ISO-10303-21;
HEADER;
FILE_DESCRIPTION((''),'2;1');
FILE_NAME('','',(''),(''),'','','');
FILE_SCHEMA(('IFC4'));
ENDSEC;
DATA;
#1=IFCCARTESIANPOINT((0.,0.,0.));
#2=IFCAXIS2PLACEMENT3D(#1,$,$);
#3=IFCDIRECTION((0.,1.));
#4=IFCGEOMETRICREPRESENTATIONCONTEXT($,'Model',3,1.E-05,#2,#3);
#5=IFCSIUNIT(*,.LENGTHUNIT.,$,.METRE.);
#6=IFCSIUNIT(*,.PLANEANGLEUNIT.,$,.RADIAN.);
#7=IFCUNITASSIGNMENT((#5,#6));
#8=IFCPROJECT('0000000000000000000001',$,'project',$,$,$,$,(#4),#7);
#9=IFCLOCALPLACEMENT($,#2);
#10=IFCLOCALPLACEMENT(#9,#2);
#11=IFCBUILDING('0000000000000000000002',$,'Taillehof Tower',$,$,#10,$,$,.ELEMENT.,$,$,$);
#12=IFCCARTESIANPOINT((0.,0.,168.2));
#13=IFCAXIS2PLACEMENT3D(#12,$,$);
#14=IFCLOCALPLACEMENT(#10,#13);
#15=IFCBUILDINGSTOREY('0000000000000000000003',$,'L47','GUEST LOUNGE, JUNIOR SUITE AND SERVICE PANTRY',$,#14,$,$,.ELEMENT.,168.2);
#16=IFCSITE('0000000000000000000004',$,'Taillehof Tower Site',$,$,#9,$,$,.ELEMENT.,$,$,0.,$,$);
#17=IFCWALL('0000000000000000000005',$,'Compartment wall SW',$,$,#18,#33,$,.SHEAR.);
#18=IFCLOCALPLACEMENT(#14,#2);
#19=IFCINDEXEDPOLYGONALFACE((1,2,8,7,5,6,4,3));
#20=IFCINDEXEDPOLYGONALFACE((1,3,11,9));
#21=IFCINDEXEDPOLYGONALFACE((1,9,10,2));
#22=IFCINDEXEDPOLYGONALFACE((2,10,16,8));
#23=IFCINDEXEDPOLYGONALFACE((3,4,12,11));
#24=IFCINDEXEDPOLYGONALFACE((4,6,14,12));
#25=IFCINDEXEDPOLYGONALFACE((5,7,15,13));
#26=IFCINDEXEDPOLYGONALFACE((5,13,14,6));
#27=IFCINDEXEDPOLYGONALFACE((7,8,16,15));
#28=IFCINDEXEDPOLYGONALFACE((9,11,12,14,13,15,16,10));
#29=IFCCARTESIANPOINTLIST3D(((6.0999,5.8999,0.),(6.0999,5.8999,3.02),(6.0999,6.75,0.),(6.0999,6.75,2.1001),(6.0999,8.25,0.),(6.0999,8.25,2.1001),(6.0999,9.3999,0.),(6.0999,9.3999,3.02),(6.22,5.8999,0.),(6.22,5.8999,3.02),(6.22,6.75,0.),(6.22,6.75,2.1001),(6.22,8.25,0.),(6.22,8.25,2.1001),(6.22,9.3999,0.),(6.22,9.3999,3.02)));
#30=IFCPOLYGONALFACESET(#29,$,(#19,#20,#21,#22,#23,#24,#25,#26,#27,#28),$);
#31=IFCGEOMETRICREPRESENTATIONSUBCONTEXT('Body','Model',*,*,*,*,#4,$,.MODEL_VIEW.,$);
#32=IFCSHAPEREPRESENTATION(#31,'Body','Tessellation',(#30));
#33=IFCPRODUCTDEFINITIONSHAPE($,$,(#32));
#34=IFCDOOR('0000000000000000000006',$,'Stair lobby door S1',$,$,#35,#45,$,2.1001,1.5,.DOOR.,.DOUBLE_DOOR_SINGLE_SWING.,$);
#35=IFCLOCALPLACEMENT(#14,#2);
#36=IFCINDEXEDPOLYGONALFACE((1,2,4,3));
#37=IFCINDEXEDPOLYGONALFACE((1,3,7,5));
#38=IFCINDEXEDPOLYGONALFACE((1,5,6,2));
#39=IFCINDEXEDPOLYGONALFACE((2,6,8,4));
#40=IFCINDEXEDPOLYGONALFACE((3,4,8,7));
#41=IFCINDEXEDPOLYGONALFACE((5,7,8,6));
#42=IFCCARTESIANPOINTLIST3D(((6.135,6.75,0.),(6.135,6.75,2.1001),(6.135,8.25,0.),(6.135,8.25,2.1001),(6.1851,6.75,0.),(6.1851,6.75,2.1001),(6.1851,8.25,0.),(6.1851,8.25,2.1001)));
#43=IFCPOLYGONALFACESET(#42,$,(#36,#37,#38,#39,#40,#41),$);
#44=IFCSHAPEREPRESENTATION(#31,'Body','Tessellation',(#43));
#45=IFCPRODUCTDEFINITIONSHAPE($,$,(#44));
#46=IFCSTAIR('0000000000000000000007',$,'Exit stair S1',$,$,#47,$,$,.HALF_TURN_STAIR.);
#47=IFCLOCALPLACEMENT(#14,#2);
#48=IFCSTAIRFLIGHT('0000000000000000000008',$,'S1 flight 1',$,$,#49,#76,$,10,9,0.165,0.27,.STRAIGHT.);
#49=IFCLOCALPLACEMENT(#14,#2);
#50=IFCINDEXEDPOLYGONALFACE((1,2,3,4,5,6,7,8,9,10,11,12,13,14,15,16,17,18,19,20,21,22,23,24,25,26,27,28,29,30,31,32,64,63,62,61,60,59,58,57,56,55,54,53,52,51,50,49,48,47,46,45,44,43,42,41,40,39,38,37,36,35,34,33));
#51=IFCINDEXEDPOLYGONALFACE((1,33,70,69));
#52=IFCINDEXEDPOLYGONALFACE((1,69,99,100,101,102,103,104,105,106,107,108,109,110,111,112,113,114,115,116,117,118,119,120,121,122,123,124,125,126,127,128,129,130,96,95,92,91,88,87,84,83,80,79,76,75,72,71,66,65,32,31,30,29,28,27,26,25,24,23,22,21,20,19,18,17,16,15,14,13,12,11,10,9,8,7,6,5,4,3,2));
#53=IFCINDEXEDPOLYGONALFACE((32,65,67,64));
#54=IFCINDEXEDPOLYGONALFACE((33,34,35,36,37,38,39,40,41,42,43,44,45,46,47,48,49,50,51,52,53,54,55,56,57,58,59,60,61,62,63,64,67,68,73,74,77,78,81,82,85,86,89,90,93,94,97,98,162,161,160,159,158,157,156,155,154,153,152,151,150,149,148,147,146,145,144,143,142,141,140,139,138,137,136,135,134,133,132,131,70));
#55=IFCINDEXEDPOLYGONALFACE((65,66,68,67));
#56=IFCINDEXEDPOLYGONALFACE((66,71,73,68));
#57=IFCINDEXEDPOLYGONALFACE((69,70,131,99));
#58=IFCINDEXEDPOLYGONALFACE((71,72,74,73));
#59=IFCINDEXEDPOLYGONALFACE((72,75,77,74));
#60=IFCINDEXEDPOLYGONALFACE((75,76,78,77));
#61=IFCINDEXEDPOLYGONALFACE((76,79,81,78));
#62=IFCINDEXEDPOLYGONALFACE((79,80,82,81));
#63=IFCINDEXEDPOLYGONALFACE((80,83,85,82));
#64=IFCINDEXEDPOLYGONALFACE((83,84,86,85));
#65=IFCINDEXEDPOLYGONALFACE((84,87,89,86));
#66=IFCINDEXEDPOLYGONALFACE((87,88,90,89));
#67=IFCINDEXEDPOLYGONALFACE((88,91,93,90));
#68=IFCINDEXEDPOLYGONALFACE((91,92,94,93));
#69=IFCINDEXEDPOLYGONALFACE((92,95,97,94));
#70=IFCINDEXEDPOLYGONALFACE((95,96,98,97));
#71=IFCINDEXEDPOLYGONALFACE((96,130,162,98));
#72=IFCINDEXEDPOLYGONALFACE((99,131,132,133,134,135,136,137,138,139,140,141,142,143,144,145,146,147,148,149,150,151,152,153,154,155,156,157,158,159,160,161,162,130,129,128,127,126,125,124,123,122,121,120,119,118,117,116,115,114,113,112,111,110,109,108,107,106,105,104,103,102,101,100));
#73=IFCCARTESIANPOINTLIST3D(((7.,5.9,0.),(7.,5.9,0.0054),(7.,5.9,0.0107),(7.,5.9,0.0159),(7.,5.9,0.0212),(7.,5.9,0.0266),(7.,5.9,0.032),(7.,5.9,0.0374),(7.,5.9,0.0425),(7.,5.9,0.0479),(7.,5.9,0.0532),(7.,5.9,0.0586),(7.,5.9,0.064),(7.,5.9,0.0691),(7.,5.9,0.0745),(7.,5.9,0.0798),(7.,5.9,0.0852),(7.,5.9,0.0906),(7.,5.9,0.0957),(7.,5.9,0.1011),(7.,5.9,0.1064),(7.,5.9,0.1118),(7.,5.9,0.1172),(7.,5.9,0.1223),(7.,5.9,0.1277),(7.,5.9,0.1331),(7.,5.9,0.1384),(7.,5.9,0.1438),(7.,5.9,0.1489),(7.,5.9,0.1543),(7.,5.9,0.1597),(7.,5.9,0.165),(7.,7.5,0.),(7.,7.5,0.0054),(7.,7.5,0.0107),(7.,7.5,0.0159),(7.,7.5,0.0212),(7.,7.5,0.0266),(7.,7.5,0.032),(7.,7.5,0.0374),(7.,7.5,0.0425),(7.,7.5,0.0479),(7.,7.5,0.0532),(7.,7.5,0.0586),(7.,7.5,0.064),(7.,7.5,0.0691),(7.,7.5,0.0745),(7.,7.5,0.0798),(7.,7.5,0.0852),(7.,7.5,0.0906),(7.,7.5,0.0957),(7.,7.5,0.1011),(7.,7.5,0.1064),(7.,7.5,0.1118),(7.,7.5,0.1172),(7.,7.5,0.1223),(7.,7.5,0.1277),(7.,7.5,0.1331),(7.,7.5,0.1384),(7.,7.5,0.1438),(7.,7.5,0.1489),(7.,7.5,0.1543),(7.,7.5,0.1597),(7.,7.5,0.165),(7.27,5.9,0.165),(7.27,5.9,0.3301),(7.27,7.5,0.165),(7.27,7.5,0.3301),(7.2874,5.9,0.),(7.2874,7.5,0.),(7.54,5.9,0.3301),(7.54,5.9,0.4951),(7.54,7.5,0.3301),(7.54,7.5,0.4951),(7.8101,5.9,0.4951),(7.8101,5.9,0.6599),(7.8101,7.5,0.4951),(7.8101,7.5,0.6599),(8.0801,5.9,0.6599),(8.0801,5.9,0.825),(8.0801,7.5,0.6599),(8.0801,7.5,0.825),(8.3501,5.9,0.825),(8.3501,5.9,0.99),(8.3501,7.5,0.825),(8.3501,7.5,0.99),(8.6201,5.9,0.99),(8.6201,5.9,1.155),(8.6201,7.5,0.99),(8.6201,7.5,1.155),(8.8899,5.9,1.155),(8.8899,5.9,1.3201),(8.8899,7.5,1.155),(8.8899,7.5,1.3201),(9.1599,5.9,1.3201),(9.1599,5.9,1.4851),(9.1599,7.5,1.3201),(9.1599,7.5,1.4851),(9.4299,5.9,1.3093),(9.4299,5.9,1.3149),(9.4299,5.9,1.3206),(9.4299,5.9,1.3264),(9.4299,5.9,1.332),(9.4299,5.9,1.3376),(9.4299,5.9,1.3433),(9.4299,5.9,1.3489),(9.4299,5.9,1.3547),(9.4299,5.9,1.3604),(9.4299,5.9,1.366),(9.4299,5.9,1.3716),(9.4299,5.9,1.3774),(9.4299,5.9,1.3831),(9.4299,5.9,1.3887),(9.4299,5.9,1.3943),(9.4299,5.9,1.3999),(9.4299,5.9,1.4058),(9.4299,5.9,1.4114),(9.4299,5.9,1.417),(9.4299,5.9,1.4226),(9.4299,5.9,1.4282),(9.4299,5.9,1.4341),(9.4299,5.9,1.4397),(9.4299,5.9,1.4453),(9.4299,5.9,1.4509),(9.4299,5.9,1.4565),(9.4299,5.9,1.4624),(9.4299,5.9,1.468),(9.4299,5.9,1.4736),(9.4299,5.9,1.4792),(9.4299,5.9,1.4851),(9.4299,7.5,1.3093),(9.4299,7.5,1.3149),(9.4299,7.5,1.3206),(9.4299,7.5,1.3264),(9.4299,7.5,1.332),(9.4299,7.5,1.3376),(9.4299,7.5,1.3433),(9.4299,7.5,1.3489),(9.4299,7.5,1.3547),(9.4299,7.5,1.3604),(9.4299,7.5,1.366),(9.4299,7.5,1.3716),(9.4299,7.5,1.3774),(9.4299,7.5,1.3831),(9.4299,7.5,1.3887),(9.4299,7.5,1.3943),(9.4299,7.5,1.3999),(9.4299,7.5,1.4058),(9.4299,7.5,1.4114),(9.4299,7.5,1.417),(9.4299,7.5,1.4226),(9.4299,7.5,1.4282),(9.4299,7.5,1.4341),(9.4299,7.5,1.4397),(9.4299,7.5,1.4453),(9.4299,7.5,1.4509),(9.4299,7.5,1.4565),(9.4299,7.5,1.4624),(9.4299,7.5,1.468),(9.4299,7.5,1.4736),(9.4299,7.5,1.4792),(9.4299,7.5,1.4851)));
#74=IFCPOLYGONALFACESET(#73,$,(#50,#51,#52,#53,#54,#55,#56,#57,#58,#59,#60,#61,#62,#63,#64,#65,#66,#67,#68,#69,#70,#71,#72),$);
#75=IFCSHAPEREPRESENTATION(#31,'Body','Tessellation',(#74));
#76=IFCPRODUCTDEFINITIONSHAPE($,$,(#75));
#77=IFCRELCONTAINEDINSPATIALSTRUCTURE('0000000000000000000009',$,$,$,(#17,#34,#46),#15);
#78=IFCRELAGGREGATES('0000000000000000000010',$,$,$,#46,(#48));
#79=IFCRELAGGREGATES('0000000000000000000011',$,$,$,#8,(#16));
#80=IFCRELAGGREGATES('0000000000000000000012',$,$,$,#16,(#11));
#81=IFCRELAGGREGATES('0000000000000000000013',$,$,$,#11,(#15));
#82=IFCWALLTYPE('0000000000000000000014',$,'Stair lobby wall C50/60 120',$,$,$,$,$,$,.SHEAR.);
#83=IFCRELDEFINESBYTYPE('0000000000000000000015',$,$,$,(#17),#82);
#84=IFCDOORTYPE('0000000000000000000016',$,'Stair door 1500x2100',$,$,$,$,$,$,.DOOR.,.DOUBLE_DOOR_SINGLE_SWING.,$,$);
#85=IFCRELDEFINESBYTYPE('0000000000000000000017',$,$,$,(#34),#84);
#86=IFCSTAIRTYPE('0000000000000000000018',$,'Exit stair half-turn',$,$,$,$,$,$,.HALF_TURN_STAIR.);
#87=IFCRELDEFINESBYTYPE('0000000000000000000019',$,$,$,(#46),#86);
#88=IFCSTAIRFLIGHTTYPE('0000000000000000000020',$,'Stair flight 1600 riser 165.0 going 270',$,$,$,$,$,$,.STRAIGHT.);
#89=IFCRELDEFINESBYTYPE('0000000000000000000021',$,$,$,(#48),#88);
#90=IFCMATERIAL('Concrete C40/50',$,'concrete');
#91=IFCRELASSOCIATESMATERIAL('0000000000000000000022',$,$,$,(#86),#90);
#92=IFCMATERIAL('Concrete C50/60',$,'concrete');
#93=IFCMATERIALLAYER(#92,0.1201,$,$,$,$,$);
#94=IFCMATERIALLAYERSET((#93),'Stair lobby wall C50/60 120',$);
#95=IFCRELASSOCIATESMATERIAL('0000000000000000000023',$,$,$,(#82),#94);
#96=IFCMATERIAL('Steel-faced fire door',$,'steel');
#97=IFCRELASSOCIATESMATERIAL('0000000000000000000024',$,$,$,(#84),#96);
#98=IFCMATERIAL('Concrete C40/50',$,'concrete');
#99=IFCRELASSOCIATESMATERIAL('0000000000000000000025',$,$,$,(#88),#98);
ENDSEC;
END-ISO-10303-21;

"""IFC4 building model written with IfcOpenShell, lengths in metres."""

from ifc_helpers import new_model, si_unit, direction, frame, frame_2d, origin, place, context, subcontext, project, spatial, polyline, rectangle, outline, extrude, material, layer, layer_set, type_object, element, fill, aggregate, save


model = new_model("IFC4")

# Units and contexts
model_context = context("Model", 3, precision=1e-05, world=origin(), true_north=direction((0.0, 1.0)))
body_context = subcontext(model_context, "Body", "Model", "MODEL_VIEW")
ifc_project = project(units=[si_unit("LENGTHUNIT", "METRE"), si_unit("PLANEANGLEUNIT", "RADIAN")], contexts=[model_context])

# Site, building, storey
site_placement = place(None, origin())
site = spatial("IfcSite", under=ifc_project, at=site_placement, Name="Taillehof Tower Site", CompositionType="ELEMENT", RefElevation=0.0)
building_placement = place(site_placement, origin())
building = spatial("IfcBuilding", under=site, at=building_placement, Name="Taillehof Tower", CompositionType="ELEMENT")
storey_placement = place(building_placement, frame((0.0, 0.0, 168.2)))
storey = spatial("IfcBuildingStorey", under=building, at=storey_placement, Name="L47", Description="GUEST LOUNGE, JUNIOR SUITE AND SERVICE PANTRY", CompositionType="ELEMENT", Elevation=168.2)

# Shared definitions
ifc_material_1 = material(Name="Concrete C40/50", Category="concrete")
stair_type = type_object("IfcStairType", Name="Exit stair half-turn", PredefinedType="HALF_TURN_STAIR", material=ifc_material_1)

# Wall, opening, door
ifc_material_2 = material(Name="Concrete C50/60", Category="concrete")
ifc_layer_1 = layer(ifc_material_2, 0.1201)
ifc_layer_set_1 = layer_set([ifc_layer_1], Name="Stair lobby wall C50/60 120")
wall_type_1 = type_object("IfcWallType", Name="Stair lobby wall C50/60 120", PredefinedType="SHEAR", material=ifc_layer_set_1)
wall_1_placement = place(storey_placement, frame((6.1599, 5.8999, 0.0), z_axis=(0.0, 0.0, 1.0), x_axis=(0.0, 1.0, 0.0)))
wall_1 = element("IfcWall", 1, at=wall_1_placement, inside=storey, type_object=wall_type_1, Name="Compartment wall SW", PredefinedType="SHEAR", context=body_context, shape_type="SweptSolid", body=[
    extrude(rectangle(XDim=3.5, YDim=0.1201, at=frame_2d((1.75, 0.0))), origin(), (0.0, 0.0, 1.0), 3.02),
])
opening_1_placement = place(wall_1_placement, frame((0.8501, 0.0, 0.0)))
opening_1 = element("IfcOpeningElement", 2, at=opening_1_placement, cuts=wall_1, PredefinedType="OPENING", context=body_context, shape_type="SweptSolid", body=[
    extrude(rectangle(XDim=1.5, YDim=2.1001, at=frame_2d((0.75, 1.05))), frame((0.0, 0.0701, 0.0), z_axis=(0.0, -1.0, 0.0), x_axis=(1.0, 0.0, 0.0)), (0.0, 0.0, 1.0), 0.1401),
])
ifc_material_3 = material(Name="Steel-faced fire door", Category="steel")
door_type_1 = type_object("IfcDoorType", Name="Stair door 1500x2100", OperationType="DOUBLE_DOOR_SINGLE_SWING", PredefinedType="DOOR", material=ifc_material_3)
door_1_placement = place(opening_1_placement, origin())
door_1 = element("IfcDoor", 3, at=door_1_placement, inside=storey, type_object=door_type_1, Name="Stair lobby door S1", OperationType="DOUBLE_DOOR_SINGLE_SWING", OverallHeight=2.1001, OverallWidth=1.5, PredefinedType="DOOR", context=body_context, shape_type="SweptSolid", body=[
    extrude(rectangle(XDim=1.5, YDim=2.1001, at=frame_2d((0.75, 1.05))), frame((0.0, 0.0249, 0.0), z_axis=(0.0, -1.0, 0.0), x_axis=(1.0, 0.0, 0.0)), (0.0, 0.0, 1.0), 0.05),
])
fill(opening_1, door_1)

# Stair, stair flight
stair_1_placement = place(storey_placement, origin())
stair_1 = element("IfcStair", 4, at=stair_1_placement, inside=storey, type_object=stair_type, Name="Exit stair S1", PredefinedType="HALF_TURN_STAIR")
ifc_material_4 = material(Name="Concrete C40/50", Category="concrete")
stair_flight_type = type_object("IfcStairFlightType", Name="Stair flight 1600 riser 165.0 going 270", PredefinedType="STRAIGHT", material=ifc_material_4)
stair_flight_placement = place(storey_placement, frame((7.0, 6.7, 0.0), z_axis=(0.0, 0.0, 1.0), x_axis=(1.0, 0.0, 0.0)))
stair_flight = element("IfcStairFlight", 5, at=stair_flight_placement, type_object=stair_flight_type, Name="S1 flight 1", NumberOfRisers=10, NumberOfTreads=9, PredefinedType="STRAIGHT", RiserHeight=0.165, TreadLength=0.27, context=body_context, shape_type="SweptSolid", body=[
    extrude(outline(polyline([(0.0, 0.0), (0.0, 0.0054), (0.0, 0.0107), (0.0, 0.0159), (0.0, 0.0212), (0.0, 0.0266), (0.0, 0.032), (0.0, 0.0374), (0.0, 0.0425), (0.0, 0.0479), (0.0, 0.0532), (0.0, 0.0586), (0.0, 0.064), (0.0, 0.0691), (0.0, 0.0745), (0.0, 0.0798), (0.0, 0.0852), (0.0, 0.0906), (0.0, 0.0957), (0.0, 0.1011), (0.0, 0.1064), (0.0, 0.1118), (0.0, 0.1172), (0.0, 0.1223), (0.0, 0.1277), (0.0, 0.1331), (0.0, 0.1384), (0.0, 0.1438), (0.0, 0.1489), (0.0, 0.1543), (0.0, 0.1597), (0.0, 0.165), (0.27, 0.165), (0.27, 0.3301), (0.54, 0.3301), (0.54, 0.4951), (0.8101, 0.4951), (0.8101, 0.6599), (1.0801, 0.6599), (1.0801, 0.825), (1.3501, 0.825), (1.3501, 0.99), (1.6201, 0.99), (1.6201, 1.155), (1.8899, 1.155), (1.8899, 1.3201), (2.1599, 1.3201), (2.1599, 1.4851), (2.4299, 1.4851), (2.4299, 1.4792), (2.4299, 1.4736), (2.4299, 1.468), (2.4299, 1.4624), (2.4299, 1.4565), (2.4299, 1.4509), (2.4299, 1.4453), (2.4299, 1.4397), (2.4299, 1.4341), (2.4299, 1.4282), (2.4299, 1.4226), (2.4299, 1.417), (2.4299, 1.4114), (2.4299, 1.4058), (2.4299, 1.3999), (2.4299, 1.3943), (2.4299, 1.3887), (2.4299, 1.3831), (2.4299, 1.3774), (2.4299, 1.3716), (2.4299, 1.366), (2.4299, 1.3604), (2.4299, 1.3547), (2.4299, 1.3489), (2.4299, 1.3433), (2.4299, 1.3376), (2.4299, 1.332), (2.4299, 1.3264), (2.4299, 1.3206), (2.4299, 1.3149), (2.4299, 1.3093), (0.2874, 0.0), (0.0, 0.0)])), frame((0.0, 0.8, 0.0), z_axis=(0.0, -1.0, 0.0), x_axis=(1.0, 0.0, 0.0)), (0.0, 0.0, 1.0), 1.6),
])
aggregate(stair_1, [stair_flight])

save(model, "model.ifc")
